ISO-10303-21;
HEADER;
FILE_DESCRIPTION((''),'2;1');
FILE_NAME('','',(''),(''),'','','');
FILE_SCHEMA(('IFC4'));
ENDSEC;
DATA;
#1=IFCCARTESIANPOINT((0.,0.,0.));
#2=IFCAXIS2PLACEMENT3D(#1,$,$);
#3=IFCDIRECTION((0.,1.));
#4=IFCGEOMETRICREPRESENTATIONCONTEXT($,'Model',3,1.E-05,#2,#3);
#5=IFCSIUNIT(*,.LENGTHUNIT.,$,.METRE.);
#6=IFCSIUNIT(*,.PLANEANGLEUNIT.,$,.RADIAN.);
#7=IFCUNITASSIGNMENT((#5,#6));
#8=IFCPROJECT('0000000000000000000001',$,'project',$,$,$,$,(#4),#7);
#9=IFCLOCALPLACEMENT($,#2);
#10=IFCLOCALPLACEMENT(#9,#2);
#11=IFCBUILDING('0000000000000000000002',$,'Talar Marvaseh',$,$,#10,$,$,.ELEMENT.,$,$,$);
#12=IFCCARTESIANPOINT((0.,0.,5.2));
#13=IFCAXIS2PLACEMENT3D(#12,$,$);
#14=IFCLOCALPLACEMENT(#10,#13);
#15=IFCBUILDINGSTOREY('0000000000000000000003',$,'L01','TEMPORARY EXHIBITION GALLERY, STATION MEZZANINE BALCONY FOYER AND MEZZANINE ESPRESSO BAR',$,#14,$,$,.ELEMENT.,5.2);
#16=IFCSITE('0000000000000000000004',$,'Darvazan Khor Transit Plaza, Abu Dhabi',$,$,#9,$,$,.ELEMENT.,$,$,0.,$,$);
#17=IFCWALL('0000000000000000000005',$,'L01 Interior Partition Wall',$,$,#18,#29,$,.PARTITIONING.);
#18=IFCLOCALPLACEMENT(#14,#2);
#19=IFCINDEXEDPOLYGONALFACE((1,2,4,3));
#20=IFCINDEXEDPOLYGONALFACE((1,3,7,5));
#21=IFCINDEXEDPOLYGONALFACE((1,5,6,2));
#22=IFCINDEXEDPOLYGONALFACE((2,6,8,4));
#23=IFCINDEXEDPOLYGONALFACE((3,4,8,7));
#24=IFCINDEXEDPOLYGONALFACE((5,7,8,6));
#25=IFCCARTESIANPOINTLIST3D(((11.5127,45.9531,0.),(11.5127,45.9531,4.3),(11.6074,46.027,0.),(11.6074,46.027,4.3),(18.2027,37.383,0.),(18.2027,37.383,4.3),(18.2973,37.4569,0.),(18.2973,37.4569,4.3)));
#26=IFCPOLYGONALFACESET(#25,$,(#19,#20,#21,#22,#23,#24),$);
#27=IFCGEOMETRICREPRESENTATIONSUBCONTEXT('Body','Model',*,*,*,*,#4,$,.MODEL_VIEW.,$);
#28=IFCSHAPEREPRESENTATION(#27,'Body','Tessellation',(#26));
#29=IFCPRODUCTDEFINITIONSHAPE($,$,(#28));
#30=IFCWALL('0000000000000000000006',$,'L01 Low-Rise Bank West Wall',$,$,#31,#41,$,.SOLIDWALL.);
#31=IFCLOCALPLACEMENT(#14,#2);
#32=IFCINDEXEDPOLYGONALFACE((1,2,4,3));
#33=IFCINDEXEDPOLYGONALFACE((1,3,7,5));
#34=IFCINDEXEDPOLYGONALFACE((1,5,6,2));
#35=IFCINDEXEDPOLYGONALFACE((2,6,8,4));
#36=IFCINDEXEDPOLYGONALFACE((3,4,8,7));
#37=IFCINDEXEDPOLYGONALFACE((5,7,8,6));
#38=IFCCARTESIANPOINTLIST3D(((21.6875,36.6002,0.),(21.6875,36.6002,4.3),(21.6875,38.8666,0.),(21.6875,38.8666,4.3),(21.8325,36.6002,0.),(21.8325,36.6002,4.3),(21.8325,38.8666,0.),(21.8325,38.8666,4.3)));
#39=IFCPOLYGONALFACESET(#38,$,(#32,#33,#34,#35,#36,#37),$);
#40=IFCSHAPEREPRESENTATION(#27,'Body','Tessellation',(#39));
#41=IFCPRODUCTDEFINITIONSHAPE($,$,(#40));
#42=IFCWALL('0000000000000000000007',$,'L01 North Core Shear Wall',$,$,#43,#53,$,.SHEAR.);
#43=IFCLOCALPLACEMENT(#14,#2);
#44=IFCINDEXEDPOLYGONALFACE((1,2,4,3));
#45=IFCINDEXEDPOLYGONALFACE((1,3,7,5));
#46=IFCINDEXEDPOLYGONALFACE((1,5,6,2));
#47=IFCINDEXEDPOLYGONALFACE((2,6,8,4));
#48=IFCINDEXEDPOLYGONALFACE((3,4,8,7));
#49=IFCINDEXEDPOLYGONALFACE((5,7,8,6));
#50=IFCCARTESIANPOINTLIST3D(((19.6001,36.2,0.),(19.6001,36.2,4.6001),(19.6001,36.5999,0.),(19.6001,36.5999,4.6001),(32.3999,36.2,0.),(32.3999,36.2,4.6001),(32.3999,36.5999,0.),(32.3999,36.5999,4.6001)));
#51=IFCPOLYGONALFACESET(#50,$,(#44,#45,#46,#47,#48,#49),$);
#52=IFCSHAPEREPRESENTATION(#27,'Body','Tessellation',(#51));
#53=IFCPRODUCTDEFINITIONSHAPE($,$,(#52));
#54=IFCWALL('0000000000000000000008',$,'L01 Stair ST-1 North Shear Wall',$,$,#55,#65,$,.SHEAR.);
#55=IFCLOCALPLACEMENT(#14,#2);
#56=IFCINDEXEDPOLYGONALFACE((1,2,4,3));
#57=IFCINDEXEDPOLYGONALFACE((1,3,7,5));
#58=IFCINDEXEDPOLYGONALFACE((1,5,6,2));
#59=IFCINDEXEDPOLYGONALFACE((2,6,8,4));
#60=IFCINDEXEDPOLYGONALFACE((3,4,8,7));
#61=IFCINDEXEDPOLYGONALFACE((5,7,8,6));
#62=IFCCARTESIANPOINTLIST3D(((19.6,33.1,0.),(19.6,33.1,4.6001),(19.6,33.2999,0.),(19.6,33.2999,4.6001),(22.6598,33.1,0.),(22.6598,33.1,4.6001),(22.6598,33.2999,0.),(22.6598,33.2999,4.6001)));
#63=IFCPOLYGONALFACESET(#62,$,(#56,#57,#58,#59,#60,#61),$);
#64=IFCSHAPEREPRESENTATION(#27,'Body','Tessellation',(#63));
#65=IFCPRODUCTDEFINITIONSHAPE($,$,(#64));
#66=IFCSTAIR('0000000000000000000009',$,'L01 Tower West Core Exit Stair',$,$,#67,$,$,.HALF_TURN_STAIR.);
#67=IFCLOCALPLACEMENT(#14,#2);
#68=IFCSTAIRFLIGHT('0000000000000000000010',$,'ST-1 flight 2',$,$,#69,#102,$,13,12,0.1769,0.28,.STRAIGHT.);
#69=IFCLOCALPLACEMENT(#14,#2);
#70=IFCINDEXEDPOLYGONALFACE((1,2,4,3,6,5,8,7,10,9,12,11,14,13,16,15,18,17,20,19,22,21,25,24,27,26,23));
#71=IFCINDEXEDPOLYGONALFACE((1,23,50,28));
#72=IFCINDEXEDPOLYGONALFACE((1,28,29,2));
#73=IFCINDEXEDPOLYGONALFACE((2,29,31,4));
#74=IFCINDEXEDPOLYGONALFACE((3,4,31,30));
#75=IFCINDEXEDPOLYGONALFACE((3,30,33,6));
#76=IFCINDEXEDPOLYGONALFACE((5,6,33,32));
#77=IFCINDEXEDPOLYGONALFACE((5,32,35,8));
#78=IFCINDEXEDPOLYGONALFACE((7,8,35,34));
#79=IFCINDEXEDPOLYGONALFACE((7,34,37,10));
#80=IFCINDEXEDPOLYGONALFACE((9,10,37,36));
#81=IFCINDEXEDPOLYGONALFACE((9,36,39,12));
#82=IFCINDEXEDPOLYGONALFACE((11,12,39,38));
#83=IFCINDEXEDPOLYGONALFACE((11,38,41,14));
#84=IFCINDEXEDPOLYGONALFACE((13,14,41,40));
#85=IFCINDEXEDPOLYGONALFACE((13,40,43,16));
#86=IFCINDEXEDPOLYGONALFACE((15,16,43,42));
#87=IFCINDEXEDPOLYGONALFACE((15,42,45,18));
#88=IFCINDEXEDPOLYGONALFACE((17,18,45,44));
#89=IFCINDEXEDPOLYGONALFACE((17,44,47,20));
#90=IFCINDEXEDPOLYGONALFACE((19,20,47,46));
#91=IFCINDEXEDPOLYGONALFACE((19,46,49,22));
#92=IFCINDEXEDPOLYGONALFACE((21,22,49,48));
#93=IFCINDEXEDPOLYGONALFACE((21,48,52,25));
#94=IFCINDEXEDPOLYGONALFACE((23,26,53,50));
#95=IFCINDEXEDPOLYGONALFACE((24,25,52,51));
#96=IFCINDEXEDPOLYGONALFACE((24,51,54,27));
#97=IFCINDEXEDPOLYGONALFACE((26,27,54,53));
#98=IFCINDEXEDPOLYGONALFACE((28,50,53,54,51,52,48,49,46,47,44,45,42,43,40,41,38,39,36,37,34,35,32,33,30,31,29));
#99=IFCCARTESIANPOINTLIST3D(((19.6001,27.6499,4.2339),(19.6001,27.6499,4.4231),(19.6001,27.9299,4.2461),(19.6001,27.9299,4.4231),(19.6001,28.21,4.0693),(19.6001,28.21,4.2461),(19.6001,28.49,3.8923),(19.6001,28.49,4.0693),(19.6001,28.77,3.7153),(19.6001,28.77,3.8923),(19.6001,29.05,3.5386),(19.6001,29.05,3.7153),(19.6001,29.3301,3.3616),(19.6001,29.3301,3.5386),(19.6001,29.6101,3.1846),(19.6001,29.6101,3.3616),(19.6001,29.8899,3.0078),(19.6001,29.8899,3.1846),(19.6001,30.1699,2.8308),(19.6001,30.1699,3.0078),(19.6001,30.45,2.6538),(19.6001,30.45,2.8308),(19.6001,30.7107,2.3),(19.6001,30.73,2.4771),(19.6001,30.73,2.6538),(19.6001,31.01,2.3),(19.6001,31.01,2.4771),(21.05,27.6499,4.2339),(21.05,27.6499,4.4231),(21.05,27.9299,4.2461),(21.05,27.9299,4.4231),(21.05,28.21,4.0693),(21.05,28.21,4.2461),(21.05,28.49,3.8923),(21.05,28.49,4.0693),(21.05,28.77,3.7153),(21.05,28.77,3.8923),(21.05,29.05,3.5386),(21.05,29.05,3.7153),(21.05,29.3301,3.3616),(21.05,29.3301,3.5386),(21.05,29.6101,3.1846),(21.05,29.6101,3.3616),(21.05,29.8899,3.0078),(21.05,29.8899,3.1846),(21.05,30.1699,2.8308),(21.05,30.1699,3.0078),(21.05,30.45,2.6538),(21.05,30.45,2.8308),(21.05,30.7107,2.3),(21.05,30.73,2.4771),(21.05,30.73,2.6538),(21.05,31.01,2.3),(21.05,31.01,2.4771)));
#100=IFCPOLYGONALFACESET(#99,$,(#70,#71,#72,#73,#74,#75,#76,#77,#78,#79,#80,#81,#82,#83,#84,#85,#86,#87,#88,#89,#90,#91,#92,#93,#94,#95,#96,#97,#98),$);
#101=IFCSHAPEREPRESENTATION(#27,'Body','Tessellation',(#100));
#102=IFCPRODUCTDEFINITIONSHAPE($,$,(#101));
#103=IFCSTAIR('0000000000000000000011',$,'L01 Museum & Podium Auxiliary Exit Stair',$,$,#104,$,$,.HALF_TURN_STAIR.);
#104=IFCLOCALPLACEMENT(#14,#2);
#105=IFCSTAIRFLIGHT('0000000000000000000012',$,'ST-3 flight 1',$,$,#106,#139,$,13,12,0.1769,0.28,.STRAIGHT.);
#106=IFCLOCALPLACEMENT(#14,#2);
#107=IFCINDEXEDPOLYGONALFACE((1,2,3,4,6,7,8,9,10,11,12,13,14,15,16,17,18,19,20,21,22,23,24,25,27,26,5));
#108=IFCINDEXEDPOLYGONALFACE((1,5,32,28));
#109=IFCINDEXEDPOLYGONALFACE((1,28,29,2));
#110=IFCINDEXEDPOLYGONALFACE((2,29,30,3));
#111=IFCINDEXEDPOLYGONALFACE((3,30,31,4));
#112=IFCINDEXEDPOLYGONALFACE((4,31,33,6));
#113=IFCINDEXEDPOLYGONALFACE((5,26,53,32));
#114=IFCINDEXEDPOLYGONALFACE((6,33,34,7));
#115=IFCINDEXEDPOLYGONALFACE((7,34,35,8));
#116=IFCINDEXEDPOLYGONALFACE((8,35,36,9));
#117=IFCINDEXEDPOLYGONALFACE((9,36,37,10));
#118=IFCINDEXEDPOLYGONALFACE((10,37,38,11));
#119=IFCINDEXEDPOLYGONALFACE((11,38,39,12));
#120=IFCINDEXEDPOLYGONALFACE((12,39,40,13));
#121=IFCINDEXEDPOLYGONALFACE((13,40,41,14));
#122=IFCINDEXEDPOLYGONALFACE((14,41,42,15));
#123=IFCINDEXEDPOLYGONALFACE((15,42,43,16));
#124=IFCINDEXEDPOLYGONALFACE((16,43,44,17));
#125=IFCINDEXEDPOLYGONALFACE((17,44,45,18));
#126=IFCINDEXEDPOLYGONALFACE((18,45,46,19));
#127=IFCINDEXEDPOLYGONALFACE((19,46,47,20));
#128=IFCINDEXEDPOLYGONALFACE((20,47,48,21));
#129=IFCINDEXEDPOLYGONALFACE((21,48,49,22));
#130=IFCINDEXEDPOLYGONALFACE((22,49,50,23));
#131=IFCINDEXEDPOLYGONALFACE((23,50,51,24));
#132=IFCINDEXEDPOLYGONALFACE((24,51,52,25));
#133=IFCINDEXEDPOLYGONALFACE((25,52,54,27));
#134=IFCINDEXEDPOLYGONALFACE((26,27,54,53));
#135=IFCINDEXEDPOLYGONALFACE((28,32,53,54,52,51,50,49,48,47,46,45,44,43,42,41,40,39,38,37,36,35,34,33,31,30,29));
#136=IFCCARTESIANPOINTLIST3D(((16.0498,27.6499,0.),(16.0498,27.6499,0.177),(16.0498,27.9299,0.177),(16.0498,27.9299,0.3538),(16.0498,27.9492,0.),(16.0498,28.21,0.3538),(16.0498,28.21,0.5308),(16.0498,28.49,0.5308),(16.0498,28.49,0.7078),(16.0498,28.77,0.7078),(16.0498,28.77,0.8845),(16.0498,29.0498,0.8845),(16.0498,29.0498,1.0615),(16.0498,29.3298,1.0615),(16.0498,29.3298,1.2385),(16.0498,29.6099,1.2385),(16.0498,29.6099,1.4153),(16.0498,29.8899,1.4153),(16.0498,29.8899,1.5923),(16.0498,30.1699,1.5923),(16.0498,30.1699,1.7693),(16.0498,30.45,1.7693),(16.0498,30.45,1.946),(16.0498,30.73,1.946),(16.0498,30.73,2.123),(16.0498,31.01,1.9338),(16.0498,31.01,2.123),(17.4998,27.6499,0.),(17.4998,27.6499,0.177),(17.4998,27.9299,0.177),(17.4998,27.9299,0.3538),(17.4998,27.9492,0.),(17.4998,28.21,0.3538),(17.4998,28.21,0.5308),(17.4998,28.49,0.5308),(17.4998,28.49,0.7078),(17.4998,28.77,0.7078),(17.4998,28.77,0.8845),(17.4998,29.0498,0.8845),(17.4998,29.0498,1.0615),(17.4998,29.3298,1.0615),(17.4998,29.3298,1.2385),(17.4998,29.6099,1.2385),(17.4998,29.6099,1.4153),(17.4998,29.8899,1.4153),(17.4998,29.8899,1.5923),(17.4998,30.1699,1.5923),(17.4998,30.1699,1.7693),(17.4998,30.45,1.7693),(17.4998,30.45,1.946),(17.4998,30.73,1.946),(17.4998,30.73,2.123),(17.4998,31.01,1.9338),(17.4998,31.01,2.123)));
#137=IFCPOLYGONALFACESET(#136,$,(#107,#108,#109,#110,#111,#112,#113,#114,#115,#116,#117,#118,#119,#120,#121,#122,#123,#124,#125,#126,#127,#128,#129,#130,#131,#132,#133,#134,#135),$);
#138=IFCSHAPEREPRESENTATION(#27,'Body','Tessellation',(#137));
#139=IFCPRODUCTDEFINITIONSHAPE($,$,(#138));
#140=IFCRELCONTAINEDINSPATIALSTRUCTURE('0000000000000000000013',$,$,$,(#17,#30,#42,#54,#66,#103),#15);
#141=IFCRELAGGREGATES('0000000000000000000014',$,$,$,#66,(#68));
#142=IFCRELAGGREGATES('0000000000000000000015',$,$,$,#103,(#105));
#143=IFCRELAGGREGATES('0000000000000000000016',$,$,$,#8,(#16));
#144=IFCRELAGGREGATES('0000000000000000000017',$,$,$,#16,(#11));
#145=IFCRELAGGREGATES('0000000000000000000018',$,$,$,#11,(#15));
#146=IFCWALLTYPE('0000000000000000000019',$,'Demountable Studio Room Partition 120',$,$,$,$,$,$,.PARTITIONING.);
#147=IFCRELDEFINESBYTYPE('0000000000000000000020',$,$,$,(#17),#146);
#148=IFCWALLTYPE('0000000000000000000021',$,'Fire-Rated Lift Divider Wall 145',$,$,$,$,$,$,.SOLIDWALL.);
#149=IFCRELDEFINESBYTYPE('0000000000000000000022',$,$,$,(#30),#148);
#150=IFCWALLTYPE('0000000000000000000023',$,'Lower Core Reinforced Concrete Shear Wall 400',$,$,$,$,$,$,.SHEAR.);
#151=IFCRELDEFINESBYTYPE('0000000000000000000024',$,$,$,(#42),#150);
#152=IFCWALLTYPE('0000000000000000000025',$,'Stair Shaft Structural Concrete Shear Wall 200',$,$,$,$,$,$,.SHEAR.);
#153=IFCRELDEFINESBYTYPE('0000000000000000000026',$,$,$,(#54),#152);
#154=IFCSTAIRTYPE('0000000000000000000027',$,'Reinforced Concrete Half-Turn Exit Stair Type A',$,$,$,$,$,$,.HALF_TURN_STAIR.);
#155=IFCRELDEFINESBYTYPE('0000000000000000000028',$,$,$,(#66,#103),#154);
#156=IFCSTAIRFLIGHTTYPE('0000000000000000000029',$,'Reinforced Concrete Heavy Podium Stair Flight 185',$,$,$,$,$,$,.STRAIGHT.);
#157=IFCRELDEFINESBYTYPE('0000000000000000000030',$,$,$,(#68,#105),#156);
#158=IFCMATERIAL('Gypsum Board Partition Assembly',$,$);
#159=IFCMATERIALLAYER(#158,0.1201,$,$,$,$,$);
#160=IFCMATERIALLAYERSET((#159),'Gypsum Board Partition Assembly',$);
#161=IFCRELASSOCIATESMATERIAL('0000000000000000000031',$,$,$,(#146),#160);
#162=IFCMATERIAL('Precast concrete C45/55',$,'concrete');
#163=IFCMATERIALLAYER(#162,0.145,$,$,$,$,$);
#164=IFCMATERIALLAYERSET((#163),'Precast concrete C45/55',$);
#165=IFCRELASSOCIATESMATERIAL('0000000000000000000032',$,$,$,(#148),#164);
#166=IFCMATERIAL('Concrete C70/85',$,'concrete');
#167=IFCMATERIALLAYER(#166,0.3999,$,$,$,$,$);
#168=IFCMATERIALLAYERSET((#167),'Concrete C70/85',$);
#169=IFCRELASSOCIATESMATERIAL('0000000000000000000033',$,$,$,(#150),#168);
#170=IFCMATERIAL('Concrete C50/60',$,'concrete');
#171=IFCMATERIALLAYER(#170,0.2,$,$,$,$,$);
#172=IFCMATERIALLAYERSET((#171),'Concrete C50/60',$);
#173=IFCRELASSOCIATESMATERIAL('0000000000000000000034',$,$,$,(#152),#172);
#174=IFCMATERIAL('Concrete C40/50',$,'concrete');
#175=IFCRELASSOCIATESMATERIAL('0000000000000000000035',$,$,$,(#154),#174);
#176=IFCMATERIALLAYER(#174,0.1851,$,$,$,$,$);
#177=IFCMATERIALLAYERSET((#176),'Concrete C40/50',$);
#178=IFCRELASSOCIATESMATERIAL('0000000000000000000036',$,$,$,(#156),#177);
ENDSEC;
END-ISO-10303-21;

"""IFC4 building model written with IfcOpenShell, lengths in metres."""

from ifc_helpers import new_model, si_unit, direction, frame, frame_2d, origin, place, context, subcontext, project, spatial, polyline, rectangle, outline, extrude, material, layer, layer_set, type_object, element, aggregate, save


model = new_model("IFC4")

# Units and contexts
model_context = context("Model", 3, precision=1e-05, world=origin(), true_north=direction((0.0, 1.0)))
body_context = subcontext(model_context, "Body", "Model", "MODEL_VIEW")
ifc_project = project(units=[si_unit("LENGTHUNIT", "METRE"), si_unit("PLANEANGLEUNIT", "RADIAN")], contexts=[model_context])

# Site, building, storey
site_placement = place(None, origin())
site = spatial("IfcSite", under=ifc_project, at=site_placement, Name="Darvazan Khor Transit Plaza, Abu Dhabi", CompositionType="ELEMENT", RefElevation=0.0)
building_placement = place(site_placement, origin())
building = spatial("IfcBuilding", under=site, at=building_placement, Name="Talar Marvaseh", CompositionType="ELEMENT")
storey_placement = place(building_placement, frame((0.0, 0.0, 5.2)))
storey = spatial("IfcBuildingStorey", under=building, at=storey_placement, Name="L01", Description="TEMPORARY EXHIBITION GALLERY, STATION MEZZANINE BALCONY FOYER AND MEZZANINE ESPRESSO BAR", CompositionType="ELEMENT", Elevation=5.2)

# Shared definitions
ifc_material_1 = material(Name="Concrete C70/85", Category="concrete")

# Shared definitions
ifc_material_2 = material(Name="Gypsum Board Partition Assembly")

# Walls
ifc_layer_1 = layer(ifc_material_2, 0.1201)
ifc_layer_set_1 = layer_set([ifc_layer_1], Name="Gypsum Board Partition Assembly")
wall_type_1 = type_object("IfcWallType", Name="Demountable Studio Room Partition 120", PredefinedType="PARTITIONING", material=ifc_layer_set_1)
wall_1_placement = place(storey_placement, frame((18.25, 37.4199, 0.0), z_axis=(0.0, 0.0, 1.0), x_axis=(-0.615334, 0.788266, 0.0)))
element("IfcWall", 1, at=wall_1_placement, inside=storey, type_object=wall_type_1, Name="L01 Interior Partition Wall", PredefinedType="PARTITIONING", context=body_context, shape_type="SweptSolid", body=[
    extrude(rectangle(XDim=10.8721, YDim=0.1201, at=frame_2d((5.436, 0.0))), origin(), (0.0, 0.0, 1.0), 4.3),
])
ifc_material_3 = material(Name="Precast concrete C45/55", Category="concrete")
ifc_layer_2 = layer(ifc_material_3, 0.145)
ifc_layer_set_2 = layer_set([ifc_layer_2], Name="Precast concrete C45/55")
wall_type_2 = type_object("IfcWallType", Name="Fire-Rated Lift Divider Wall 145", PredefinedType="SOLIDWALL", material=ifc_layer_set_2)
wall_2_placement = place(storey_placement, frame((21.76, 36.6001, 0.0), z_axis=(0.0, 0.0, 1.0), x_axis=(0.0, 1.0, 0.0)))
element("IfcWall", 2, at=wall_2_placement, inside=storey, type_object=wall_type_2, Name="L01 Low-Rise Bank West Wall", PredefinedType="SOLIDWALL", context=body_context, shape_type="SweptSolid", body=[
    extrude(rectangle(XDim=2.2664, YDim=0.145, at=frame_2d((1.1333, 0.0))), origin(), (0.0, 0.0, 1.0), 4.3),
])
ifc_layer_3 = layer(ifc_material_1, 0.3999)
ifc_layer_set_3 = layer_set([ifc_layer_3], Name="Concrete C70/85")
wall_type_3 = type_object("IfcWallType", Name="Lower Core Reinforced Concrete Shear Wall 400", PredefinedType="SHEAR", material=ifc_layer_set_3)
wall_3_placement = place(storey_placement, frame((19.6001, 36.3999, 0.0), z_axis=(0.0, 0.0, 1.0), x_axis=(1.0, 0.0, 0.0)))
element("IfcWall", 3, at=wall_3_placement, inside=storey, type_object=wall_type_3, Name="L01 North Core Shear Wall", PredefinedType="SHEAR", context=body_context, shape_type="SweptSolid", body=[
    extrude(rectangle(XDim=12.7998, YDim=0.3999, at=frame_2d((6.3999, 0.0))), origin(), (0.0, 0.0, 1.0), 4.6001),
])
ifc_material_4 = material(Name="Concrete C50/60", Category="concrete")
ifc_layer_4 = layer(ifc_material_4, 0.2)
ifc_layer_set_4 = layer_set([ifc_layer_4], Name="Concrete C50/60")
wall_type_4 = type_object("IfcWallType", Name="Stair Shaft Structural Concrete Shear Wall 200", PredefinedType="SHEAR", material=ifc_layer_set_4)
wall_4_placement = place(storey_placement, frame((19.6001, 33.2, 0.0), z_axis=(0.0, 0.0, 1.0), x_axis=(1.0, 0.0, 0.0)))
element("IfcWall", 4, at=wall_4_placement, inside=storey, type_object=wall_type_4, Name="L01 Stair ST-1 North Shear Wall", PredefinedType="SHEAR", context=body_context, shape_type="SweptSolid", body=[
    extrude(rectangle(XDim=3.0598, YDim=0.2, at=frame_2d((1.5298, 0.0))), origin(), (0.0, 0.0, 1.0), 4.6001),
])

# Stairs, stair flights
ifc_material_5 = material(Name="Concrete C40/50", Category="concrete")
stair_type = type_object("IfcStairType", Name="Reinforced Concrete Half-Turn Exit Stair Type A", PredefinedType="HALF_TURN_STAIR", material=ifc_material_5)
stair_1_placement = place(storey_placement, origin())
stair_1 = element("IfcStair", 5, at=stair_1_placement, inside=storey, type_object=stair_type, Name="L01 Tower West Core Exit Stair", PredefinedType="HALF_TURN_STAIR")
ifc_layer_5 = layer(ifc_material_5, 0.1851)
ifc_layer_set_5 = layer_set([ifc_layer_5], Name="Concrete C40/50")
stair_flight_type = type_object("IfcStairFlightType", Name="Reinforced Concrete Heavy Podium Stair Flight 185", PredefinedType="STRAIGHT", material=ifc_layer_set_5)
stair_flight_1_placement = place(storey_placement, frame((20.325, 31.01, 2.3), z_axis=(0.0, 0.0, 1.0), x_axis=(0.0, -1.0, 0.0)))
stair_flight_1 = element("IfcStairFlight", 6, at=stair_flight_1_placement, type_object=stair_flight_type, Name="ST-1 flight 2", NumberOfRisers=13, NumberOfTreads=12, PredefinedType="STRAIGHT", RiserHeight=0.1769, TreadLength=0.28, context=body_context, shape_type="SweptSolid", body=[
    extrude(outline(polyline([(0.0, 0.0), (0.0, 0.177), (0.28, 0.177), (0.28, 0.3538), (0.5601, 0.3538), (0.5601, 0.5308), (0.8401, 0.5308), (0.8401, 0.7078), (1.1201, 0.7078), (1.1201, 0.8845), (1.3999, 0.8845), (1.3999, 1.0615), (1.6799, 1.0615), (1.6799, 1.2385), (1.96, 1.2385), (1.96, 1.4153), (2.24, 1.4153), (2.24, 1.5923), (2.52, 1.5923), (2.52, 1.7693), (2.8, 1.7693), (2.8, 1.946), (3.0801, 1.946), (3.0801, 2.123), (3.3601, 2.123), (3.3601, 2.3), (3.3601, 1.9338), (0.2993, 0.0), (0.0, 0.0)])), frame((0.0, 0.7251, 0.0), z_axis=(0.0, -1.0, 0.0), x_axis=(1.0, 0.0, 0.0)), (0.0, 0.0, 1.0), 1.45),
])
aggregate(stair_1, [stair_flight_1])
stair_2_placement = place(storey_placement, origin())
stair_2 = element("IfcStair", 7, at=stair_2_placement, inside=storey, type_object=stair_type, Name="L01 Museum & Podium Auxiliary Exit Stair", PredefinedType="HALF_TURN_STAIR")
stair_flight_2_placement = place(storey_placement, frame((16.7749, 27.6499, 0.0), z_axis=(0.0, 0.0, 1.0), x_axis=(0.0, 1.0, 0.0)))
stair_flight_2 = element("IfcStairFlight", 8, at=stair_flight_2_placement, type_object=stair_flight_type, Name="ST-3 flight 1", NumberOfRisers=13, NumberOfTreads=12, PredefinedType="STRAIGHT", RiserHeight=0.1769, TreadLength=0.28, context=body_context, shape_type="SweptSolid", body=[
    extrude(outline(polyline([(0.0, 0.0), (0.0, 0.177), (0.28, 0.177), (0.28, 0.3538), (0.5601, 0.3538), (0.5601, 0.5308), (0.8401, 0.5308), (0.8401, 0.7078), (1.1201, 0.7078), (1.1201, 0.8845), (1.3999, 0.8845), (1.3999, 1.0615), (1.6799, 1.0615), (1.6799, 1.2385), (1.96, 1.2385), (1.96, 1.4153), (2.24, 1.4153), (2.24, 1.5923), (2.52, 1.5923), (2.52, 1.7693), (2.8, 1.7693), (2.8, 1.946), (3.0801, 1.946), (3.0801, 2.123), (3.3601, 2.123), (3.3601, 2.3), (3.3601, 1.9338), (0.2993, 0.0), (0.0, 0.0)])), frame((0.0, 0.7251, 0.0), z_axis=(0.0, -1.0, 0.0), x_axis=(1.0, 0.0, 0.0)), (0.0, 0.0, 1.0), 1.45),
])
aggregate(stair_2, [stair_flight_2])

save(model, "model.ifc")
